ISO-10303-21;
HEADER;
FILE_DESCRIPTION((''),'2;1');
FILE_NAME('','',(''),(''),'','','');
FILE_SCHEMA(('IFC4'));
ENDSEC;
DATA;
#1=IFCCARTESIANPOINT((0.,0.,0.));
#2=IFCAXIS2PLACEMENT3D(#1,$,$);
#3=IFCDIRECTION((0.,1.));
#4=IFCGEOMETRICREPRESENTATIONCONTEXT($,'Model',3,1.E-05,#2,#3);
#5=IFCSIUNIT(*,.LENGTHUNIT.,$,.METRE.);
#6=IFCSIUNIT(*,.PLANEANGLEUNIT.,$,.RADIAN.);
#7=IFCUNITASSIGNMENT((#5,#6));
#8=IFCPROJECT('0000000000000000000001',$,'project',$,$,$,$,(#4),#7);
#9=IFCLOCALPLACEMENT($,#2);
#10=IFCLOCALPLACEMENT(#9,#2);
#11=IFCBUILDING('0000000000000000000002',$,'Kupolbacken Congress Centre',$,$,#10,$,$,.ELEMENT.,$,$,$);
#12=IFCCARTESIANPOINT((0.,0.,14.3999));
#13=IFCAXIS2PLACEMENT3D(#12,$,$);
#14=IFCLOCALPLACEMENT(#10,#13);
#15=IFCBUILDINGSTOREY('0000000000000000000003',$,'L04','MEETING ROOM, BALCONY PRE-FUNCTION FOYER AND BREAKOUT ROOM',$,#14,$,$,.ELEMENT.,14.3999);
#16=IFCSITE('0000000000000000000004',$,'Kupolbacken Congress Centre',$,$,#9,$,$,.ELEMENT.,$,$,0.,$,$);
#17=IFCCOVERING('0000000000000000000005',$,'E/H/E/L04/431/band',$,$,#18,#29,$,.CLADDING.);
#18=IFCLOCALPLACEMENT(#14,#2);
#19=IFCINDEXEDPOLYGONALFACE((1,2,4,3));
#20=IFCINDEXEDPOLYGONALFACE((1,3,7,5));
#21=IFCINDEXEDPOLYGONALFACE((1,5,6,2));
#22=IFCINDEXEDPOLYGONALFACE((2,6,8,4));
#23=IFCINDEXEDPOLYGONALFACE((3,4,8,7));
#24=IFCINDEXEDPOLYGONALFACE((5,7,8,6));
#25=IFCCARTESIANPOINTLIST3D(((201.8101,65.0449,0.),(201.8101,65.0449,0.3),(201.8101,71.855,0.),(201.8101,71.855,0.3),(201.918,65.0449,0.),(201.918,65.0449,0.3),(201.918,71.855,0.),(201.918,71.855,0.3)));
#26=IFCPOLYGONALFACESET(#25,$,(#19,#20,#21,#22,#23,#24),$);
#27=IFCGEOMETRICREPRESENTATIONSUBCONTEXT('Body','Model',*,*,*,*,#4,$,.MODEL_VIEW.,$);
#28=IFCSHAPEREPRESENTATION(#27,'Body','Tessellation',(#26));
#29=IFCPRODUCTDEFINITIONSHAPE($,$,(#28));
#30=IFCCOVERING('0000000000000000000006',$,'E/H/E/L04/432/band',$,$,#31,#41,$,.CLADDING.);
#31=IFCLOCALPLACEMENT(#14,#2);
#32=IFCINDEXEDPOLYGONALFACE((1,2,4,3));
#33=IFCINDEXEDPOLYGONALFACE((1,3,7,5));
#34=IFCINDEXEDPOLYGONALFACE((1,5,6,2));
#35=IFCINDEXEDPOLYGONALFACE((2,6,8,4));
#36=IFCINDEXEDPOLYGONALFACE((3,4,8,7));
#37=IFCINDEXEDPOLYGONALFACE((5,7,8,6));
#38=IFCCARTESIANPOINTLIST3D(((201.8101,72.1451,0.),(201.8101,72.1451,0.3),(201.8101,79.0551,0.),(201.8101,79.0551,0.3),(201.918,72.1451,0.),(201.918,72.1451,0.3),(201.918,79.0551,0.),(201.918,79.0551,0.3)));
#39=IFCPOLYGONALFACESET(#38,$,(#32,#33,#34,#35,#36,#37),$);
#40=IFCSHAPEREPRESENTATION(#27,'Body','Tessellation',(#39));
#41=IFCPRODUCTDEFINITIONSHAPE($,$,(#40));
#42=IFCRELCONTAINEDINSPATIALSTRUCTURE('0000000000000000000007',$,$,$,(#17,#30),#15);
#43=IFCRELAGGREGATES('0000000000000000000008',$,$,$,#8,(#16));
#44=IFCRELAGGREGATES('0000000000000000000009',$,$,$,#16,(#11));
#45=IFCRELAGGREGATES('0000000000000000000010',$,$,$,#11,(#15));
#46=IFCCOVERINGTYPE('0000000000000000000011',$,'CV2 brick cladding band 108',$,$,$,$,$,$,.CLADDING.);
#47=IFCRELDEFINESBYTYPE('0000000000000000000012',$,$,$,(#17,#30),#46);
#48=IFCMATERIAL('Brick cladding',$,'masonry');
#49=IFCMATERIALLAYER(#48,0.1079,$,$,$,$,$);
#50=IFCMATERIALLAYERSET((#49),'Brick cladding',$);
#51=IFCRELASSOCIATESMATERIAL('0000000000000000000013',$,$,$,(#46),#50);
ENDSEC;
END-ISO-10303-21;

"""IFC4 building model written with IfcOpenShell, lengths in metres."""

from ifc_helpers import new_model, si_unit, direction, frame, origin, origin_2d, place, context, subcontext, project, spatial, rectangle, extrude, material, layer, layer_set, type_object, element, save


model = new_model("IFC4")

# Units and contexts
model_context = context("Model", 3, precision=1e-05, world=origin(), true_north=direction((0.0, 1.0)))
body_context = subcontext(model_context, "Body", "Model", "MODEL_VIEW")
ifc_project = project(units=[si_unit("LENGTHUNIT", "METRE"), si_unit("PLANEANGLEUNIT", "RADIAN")], contexts=[model_context])

# Site, building, storey
site_placement = place(None, origin())
site = spatial("IfcSite", under=ifc_project, at=site_placement, Name="Kupolbacken Congress Centre", CompositionType="ELEMENT", RefElevation=0.0)
building_placement = place(site_placement, origin())
building = spatial("IfcBuilding", under=site, at=building_placement, Name="Kupolbacken Congress Centre", CompositionType="ELEMENT")
storey_placement = place(building_placement, frame((0.0, 0.0, 14.3999)))
storey = spatial("IfcBuildingStorey", under=building, at=storey_placement, Name="L04", Description="MEETING ROOM, BALCONY PRE-FUNCTION FOYER AND BREAKOUT ROOM", CompositionType="ELEMENT", Elevation=14.3999)

# Coverings
ifc_material_1 = material(Name="Brick cladding", Category="masonry")
ifc_layer_1 = layer(ifc_material_1, 0.1079)
ifc_layer_set_1 = layer_set([ifc_layer_1], Name="Brick cladding")
covering_type = type_object("IfcCoveringType", Name="CV2 brick cladding band 108", PredefinedType="CLADDING", material=ifc_layer_set_1)
covering_1_placement = place(storey_placement, frame((201.864, 68.45, 0.0), z_axis=(0.0, 0.0, 1.0), x_axis=(0.0, 1.0, 0.0)))
element("IfcCovering", 1, at=covering_1_placement, inside=storey, type_object=covering_type, Name="E/H/E/L04/431/band", PredefinedType="CLADDING", context=body_context, shape_type="SweptSolid", body=[
    extrude(rectangle(XDim=6.8101, YDim=0.1079, at=origin_2d()), origin(), (0.0, 0.0, 1.0), 0.3),
])
covering_2_placement = place(storey_placement, frame((201.864, 75.6001, 0.0), z_axis=(0.0, 0.0, 1.0), x_axis=(0.0, 1.0, 0.0)))
element("IfcCovering", 2, at=covering_2_placement, inside=storey, type_object=covering_type, Name="E/H/E/L04/432/band", PredefinedType="CLADDING", context=body_context, shape_type="SweptSolid", body=[
    extrude(rectangle(XDim=6.9099, YDim=0.1079, at=origin_2d()), origin(), (0.0, 0.0, 1.0), 0.3),
])

save(model, "model.ifc")
